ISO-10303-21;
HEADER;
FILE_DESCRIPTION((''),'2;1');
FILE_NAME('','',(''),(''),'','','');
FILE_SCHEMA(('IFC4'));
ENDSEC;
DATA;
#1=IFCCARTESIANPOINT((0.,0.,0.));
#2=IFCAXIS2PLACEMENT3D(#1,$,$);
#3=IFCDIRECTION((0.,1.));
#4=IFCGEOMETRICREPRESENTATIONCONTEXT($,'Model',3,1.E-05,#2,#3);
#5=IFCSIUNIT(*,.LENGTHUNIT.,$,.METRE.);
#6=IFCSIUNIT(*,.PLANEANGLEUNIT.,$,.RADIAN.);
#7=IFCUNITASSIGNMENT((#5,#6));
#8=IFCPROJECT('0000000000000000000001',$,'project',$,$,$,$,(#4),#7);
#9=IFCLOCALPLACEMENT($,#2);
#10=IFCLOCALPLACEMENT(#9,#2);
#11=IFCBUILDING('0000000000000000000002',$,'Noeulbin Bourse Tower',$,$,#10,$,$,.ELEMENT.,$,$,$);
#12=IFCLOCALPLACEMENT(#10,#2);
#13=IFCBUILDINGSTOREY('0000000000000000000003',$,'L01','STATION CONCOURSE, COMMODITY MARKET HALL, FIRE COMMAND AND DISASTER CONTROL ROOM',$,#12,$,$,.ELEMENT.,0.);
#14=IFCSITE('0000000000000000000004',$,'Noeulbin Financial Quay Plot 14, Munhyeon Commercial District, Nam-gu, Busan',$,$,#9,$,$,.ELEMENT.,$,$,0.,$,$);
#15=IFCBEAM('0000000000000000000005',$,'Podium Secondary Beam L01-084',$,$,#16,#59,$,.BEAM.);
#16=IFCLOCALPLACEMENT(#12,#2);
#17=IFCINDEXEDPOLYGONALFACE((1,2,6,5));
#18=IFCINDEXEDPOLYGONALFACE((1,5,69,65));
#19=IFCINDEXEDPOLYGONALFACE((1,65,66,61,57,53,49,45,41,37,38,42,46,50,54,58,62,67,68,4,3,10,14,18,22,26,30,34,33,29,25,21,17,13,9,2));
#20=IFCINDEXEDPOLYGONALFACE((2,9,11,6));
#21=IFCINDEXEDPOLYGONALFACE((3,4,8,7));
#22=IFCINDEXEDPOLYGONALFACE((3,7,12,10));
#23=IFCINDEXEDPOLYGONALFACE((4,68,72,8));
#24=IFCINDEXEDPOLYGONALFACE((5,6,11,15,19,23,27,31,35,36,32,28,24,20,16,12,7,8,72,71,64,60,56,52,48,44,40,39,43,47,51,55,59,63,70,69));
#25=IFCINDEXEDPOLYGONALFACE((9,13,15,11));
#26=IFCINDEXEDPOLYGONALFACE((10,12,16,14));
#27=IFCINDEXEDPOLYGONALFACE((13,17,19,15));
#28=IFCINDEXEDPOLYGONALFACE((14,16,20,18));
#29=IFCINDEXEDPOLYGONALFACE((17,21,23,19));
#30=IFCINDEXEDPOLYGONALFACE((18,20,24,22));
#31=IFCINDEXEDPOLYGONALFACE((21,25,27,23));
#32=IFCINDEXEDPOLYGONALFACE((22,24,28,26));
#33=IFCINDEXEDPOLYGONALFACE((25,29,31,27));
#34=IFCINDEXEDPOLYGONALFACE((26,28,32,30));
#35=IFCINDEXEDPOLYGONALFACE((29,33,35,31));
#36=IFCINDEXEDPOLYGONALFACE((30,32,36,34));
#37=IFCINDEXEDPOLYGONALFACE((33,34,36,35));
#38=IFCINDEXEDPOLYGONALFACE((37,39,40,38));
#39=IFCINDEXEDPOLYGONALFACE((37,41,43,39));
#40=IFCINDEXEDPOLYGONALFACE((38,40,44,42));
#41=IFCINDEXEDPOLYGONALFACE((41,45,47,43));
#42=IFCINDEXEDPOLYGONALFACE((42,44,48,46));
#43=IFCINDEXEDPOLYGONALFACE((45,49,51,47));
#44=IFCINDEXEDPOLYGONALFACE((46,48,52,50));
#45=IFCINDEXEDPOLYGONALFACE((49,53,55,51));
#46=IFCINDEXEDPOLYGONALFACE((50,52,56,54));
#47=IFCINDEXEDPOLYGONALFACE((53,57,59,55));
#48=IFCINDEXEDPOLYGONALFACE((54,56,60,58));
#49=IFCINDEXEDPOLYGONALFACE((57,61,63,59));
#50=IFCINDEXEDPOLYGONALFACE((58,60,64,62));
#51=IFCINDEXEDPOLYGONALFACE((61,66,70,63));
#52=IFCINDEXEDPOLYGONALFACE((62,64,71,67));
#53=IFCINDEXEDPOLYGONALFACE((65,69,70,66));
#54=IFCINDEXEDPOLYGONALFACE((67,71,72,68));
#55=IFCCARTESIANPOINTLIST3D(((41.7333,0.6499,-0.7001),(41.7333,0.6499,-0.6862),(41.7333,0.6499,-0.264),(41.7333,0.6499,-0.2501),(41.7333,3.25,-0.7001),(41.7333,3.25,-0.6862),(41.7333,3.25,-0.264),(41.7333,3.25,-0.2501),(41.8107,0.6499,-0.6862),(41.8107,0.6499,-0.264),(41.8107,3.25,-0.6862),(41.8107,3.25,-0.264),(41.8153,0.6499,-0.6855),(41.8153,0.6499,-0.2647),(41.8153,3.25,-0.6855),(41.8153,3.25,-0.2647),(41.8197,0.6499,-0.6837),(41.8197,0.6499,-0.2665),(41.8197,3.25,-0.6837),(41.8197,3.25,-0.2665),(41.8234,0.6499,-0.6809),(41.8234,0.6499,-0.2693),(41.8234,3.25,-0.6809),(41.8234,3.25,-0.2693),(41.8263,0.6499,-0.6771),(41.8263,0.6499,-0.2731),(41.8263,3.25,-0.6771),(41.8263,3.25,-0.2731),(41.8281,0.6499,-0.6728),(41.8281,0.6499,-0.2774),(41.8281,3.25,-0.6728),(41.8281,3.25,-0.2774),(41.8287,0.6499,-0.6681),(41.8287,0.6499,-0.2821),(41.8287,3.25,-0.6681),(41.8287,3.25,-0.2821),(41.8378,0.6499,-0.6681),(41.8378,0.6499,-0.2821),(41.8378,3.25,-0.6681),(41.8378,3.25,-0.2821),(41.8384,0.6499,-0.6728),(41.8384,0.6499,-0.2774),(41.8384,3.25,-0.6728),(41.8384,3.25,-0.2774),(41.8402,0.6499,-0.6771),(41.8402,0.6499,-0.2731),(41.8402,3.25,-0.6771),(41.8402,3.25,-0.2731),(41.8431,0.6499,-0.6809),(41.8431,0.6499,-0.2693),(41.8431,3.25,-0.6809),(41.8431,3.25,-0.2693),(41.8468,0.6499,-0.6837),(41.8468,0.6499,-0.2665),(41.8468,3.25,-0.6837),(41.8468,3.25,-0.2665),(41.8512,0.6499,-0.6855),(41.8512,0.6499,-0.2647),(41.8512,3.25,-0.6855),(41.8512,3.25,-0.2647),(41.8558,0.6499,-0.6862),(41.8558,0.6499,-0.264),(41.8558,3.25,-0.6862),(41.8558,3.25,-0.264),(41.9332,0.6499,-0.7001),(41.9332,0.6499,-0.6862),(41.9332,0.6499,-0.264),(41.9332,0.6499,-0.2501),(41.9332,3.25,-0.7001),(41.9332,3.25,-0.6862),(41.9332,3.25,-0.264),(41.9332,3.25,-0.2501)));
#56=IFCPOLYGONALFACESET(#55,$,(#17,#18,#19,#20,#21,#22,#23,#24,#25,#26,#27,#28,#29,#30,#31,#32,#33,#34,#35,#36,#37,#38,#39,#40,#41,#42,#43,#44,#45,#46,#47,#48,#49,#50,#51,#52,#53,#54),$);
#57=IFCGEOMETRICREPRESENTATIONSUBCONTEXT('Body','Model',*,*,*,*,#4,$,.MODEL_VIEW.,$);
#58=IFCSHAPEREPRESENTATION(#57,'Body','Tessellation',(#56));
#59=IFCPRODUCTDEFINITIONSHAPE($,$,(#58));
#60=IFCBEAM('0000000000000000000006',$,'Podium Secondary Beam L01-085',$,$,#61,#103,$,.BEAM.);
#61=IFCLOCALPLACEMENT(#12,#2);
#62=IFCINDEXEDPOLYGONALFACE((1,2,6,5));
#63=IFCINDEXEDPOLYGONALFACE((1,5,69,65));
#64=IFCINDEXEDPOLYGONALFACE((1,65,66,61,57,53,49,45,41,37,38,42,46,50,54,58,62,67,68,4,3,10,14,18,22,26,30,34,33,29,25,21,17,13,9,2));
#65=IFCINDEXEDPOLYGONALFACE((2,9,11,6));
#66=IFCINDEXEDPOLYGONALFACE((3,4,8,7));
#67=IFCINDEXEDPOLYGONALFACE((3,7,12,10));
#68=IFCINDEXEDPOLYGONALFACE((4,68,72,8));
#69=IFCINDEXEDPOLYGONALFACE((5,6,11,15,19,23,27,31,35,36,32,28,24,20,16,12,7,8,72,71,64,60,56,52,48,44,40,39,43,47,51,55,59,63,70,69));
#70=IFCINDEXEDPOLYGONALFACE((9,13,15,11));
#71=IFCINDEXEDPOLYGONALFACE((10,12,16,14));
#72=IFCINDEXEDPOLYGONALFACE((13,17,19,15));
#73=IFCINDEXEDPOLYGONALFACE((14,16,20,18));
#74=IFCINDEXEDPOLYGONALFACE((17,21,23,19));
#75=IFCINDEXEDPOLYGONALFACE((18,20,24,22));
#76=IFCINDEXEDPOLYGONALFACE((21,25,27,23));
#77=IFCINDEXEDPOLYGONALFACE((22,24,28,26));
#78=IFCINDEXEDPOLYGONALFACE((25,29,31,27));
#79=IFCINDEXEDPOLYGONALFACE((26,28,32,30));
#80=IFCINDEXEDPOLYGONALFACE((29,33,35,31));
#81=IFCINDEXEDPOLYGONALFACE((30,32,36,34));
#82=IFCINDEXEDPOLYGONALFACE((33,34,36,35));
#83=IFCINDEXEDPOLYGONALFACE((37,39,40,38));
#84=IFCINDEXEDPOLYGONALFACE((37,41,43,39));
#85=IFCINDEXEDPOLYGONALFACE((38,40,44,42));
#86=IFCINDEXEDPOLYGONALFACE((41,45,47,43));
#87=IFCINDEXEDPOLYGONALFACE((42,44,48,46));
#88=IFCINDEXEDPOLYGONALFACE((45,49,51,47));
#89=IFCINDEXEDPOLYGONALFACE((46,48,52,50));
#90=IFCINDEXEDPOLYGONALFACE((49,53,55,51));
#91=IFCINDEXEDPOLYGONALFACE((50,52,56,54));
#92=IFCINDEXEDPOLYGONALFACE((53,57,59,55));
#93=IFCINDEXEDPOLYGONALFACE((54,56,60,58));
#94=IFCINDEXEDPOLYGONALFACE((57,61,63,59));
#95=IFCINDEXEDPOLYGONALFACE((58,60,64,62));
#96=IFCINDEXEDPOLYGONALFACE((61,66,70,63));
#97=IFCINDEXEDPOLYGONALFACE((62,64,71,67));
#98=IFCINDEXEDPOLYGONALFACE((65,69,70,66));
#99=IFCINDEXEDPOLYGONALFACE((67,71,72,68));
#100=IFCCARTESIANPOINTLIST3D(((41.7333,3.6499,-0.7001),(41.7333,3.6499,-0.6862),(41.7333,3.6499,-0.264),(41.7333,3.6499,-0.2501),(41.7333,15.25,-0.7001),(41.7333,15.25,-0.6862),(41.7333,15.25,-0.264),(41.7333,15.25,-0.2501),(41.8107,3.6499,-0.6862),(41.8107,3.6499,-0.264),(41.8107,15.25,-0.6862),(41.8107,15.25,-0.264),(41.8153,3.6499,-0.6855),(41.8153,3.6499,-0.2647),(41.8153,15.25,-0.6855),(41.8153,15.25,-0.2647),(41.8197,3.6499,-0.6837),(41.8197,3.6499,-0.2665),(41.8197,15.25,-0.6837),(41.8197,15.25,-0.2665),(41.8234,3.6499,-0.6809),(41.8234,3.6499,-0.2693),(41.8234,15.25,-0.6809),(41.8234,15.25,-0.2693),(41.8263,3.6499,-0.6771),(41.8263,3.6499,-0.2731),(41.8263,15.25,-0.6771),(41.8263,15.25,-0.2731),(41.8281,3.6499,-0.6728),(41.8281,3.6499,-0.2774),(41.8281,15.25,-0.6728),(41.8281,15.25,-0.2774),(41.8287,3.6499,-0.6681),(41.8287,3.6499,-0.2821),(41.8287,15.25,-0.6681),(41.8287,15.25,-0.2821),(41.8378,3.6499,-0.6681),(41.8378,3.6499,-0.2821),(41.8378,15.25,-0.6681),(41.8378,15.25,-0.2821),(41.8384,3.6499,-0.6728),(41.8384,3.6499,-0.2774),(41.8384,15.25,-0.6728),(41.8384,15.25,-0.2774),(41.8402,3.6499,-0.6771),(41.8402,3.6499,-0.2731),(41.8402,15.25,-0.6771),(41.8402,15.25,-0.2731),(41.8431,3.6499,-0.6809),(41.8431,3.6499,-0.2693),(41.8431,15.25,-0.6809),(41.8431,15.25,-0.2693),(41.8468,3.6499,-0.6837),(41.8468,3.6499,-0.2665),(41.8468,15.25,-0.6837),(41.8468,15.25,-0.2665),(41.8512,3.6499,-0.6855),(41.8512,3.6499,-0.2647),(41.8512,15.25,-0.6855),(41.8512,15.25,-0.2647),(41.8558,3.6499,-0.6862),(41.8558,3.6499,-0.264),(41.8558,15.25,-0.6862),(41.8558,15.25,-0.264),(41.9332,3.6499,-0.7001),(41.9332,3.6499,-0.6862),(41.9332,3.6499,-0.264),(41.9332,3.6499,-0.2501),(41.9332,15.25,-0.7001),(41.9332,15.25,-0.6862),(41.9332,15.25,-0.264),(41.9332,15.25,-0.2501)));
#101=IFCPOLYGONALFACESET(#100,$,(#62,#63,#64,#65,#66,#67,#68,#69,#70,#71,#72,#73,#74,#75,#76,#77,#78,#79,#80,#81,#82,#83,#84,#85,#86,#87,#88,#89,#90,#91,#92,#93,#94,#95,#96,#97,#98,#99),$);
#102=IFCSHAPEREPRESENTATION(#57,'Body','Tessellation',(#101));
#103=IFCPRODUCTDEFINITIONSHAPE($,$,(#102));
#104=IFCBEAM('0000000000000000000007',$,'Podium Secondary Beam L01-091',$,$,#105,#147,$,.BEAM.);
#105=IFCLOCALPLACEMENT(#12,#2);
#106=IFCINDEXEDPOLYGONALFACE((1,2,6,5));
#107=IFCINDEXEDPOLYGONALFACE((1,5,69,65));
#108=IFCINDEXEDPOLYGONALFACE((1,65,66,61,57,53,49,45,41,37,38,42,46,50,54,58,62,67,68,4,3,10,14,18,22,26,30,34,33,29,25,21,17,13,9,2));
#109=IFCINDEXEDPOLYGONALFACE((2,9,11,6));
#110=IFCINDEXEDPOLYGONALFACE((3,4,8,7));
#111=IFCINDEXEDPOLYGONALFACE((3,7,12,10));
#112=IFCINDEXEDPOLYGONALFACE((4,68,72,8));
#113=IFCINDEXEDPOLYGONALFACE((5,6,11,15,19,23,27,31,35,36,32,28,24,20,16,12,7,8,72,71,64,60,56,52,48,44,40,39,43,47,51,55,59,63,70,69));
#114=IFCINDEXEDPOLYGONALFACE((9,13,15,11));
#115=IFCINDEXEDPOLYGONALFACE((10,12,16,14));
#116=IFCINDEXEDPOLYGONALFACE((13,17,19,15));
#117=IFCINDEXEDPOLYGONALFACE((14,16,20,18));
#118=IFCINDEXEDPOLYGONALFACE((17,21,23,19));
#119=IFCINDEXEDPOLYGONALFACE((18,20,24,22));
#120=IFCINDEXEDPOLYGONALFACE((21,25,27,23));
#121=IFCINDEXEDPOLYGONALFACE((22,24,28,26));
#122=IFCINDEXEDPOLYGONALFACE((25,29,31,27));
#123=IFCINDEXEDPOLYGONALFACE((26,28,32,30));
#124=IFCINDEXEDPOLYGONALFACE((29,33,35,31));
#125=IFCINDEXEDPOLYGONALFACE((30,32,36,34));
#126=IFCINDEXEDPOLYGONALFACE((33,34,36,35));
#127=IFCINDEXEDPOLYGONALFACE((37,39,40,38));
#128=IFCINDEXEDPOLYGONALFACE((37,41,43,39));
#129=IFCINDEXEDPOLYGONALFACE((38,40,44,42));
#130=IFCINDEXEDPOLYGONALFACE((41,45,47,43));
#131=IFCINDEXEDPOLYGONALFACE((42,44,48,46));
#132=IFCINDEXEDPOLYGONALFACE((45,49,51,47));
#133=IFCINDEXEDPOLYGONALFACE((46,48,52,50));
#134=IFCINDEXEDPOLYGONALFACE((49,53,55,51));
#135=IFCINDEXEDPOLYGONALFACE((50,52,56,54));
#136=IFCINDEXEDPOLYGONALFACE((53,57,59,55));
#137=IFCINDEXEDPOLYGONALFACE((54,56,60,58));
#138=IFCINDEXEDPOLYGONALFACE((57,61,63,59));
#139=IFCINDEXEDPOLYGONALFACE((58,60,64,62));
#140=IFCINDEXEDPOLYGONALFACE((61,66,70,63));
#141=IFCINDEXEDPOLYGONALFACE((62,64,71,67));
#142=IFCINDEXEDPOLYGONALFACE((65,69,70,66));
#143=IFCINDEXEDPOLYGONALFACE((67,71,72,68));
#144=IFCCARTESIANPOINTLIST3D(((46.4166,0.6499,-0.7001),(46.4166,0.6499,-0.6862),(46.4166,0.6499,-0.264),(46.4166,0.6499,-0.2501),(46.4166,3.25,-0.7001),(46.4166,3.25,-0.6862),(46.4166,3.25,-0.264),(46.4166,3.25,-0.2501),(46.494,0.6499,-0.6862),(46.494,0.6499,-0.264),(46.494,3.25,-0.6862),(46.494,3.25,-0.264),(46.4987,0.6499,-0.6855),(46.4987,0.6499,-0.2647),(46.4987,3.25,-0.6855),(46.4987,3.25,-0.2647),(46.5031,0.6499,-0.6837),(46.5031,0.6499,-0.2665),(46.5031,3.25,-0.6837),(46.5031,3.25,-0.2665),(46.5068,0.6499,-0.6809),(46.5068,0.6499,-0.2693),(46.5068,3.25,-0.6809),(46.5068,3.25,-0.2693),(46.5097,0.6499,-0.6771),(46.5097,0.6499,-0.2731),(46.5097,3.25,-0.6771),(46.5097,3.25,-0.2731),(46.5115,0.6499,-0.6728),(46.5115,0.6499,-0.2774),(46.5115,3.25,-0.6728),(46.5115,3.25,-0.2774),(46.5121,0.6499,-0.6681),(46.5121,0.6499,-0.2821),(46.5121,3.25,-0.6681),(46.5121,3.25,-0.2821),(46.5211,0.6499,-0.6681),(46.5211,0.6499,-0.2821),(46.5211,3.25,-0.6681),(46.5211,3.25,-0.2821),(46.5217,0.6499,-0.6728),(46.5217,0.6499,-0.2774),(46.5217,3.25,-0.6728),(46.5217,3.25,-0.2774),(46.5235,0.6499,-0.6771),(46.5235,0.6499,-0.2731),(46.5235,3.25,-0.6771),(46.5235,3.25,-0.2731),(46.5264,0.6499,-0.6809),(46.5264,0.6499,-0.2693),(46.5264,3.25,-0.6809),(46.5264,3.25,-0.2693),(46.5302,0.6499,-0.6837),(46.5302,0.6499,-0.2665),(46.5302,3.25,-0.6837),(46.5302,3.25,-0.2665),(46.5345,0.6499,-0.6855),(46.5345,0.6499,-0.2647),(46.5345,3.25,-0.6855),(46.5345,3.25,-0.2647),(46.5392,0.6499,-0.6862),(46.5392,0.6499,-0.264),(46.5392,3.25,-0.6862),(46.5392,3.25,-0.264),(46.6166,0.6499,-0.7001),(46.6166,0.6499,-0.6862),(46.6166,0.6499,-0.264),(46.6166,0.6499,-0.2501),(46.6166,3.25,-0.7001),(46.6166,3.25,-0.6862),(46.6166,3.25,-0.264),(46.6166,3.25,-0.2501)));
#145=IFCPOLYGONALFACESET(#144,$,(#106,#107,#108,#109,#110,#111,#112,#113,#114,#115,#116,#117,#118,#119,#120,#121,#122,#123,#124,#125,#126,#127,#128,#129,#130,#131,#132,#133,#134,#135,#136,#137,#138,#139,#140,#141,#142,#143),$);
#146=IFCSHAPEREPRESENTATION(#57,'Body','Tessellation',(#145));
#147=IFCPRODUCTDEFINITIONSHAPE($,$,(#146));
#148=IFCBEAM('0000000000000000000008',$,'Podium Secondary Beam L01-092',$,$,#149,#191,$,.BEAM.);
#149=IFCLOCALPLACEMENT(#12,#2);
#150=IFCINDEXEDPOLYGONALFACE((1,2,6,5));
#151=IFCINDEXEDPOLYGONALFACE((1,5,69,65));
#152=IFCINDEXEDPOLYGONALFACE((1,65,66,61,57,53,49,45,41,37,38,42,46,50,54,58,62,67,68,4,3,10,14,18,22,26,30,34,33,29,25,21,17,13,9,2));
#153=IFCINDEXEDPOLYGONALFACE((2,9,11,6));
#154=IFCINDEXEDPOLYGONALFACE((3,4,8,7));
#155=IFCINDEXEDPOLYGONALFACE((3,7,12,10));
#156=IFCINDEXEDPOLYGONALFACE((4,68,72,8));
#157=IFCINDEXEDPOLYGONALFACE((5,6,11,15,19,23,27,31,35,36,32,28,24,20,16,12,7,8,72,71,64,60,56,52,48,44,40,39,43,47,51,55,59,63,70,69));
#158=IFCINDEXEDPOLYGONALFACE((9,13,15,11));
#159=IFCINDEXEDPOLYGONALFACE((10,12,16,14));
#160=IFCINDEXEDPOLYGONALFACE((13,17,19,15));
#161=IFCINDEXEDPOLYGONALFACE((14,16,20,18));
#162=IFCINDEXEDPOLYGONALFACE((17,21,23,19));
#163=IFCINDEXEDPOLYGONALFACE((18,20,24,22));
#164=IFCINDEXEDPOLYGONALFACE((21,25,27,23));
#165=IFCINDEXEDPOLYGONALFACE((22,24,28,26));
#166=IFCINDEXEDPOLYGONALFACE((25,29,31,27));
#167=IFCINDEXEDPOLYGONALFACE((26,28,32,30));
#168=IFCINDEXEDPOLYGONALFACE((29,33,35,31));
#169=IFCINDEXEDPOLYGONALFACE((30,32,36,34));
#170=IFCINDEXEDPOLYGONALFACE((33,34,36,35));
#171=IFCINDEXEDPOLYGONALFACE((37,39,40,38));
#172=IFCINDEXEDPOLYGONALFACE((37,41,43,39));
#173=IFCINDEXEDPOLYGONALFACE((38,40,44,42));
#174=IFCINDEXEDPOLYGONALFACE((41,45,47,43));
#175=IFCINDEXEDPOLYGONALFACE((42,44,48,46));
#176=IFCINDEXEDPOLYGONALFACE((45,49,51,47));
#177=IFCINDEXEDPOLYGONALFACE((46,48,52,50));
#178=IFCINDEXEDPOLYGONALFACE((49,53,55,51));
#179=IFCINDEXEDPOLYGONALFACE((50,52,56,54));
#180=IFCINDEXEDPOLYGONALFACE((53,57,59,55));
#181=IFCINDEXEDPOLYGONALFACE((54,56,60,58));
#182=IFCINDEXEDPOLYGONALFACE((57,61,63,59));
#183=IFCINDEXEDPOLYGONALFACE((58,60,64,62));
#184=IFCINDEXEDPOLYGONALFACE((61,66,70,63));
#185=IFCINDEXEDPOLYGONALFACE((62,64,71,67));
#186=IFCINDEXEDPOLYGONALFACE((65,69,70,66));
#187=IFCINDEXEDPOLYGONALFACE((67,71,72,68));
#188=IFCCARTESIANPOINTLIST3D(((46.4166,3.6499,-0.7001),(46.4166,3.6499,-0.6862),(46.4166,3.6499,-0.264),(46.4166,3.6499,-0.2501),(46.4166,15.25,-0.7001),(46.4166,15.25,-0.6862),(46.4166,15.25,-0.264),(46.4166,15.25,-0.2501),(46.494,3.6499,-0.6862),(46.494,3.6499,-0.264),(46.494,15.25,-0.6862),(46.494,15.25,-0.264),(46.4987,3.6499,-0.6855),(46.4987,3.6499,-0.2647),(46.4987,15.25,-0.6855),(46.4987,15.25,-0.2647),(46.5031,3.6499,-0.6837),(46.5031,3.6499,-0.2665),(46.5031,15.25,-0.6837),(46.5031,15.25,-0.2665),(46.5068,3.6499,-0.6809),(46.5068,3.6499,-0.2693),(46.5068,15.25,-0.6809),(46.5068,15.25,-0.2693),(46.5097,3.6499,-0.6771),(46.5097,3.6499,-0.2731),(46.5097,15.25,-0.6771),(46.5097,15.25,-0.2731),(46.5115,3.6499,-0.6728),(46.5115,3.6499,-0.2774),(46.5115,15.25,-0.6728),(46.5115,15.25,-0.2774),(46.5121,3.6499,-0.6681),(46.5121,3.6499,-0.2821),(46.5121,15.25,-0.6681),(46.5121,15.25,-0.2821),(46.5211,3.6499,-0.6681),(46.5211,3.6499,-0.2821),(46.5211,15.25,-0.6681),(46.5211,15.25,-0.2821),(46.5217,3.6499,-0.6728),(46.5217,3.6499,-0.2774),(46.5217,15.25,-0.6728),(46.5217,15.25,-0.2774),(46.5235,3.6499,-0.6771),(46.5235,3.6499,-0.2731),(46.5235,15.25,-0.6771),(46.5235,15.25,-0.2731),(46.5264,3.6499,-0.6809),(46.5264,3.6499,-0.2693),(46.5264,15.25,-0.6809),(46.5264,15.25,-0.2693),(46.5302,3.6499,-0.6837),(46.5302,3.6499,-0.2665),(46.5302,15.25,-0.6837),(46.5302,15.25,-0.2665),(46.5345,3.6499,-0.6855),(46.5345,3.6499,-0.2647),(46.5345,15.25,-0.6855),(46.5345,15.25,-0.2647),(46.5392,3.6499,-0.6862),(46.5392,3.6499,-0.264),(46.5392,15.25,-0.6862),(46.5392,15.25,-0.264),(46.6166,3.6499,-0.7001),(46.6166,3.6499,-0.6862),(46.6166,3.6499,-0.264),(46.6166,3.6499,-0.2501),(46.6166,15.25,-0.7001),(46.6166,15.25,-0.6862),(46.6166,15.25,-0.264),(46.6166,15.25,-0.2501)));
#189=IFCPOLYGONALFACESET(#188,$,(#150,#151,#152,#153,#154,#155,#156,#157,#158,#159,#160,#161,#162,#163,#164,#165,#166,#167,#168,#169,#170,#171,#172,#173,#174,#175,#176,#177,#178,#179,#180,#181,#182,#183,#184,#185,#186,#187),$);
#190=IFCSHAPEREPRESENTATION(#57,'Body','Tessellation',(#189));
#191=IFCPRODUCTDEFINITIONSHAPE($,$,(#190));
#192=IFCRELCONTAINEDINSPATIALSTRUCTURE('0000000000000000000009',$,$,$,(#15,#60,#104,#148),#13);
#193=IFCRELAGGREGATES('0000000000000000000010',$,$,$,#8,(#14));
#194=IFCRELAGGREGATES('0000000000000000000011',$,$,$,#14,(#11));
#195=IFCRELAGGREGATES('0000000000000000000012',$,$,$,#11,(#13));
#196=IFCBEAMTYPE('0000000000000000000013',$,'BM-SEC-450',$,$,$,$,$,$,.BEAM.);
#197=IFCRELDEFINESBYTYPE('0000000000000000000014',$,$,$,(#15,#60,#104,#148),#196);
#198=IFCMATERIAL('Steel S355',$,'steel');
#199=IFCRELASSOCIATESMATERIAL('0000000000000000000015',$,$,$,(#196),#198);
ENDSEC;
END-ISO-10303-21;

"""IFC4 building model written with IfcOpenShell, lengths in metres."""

from ifc_helpers import new_model, si_unit, direction, frame, origin, origin_2d, place, context, subcontext, project, spatial, i_section, extrude, material, material_profile, profile_set, type_object, element, save


model = new_model("IFC4")

# Units and contexts
model_context = context("Model", 3, precision=1e-05, world=origin(), true_north=direction((0.0, 1.0)))
body_context = subcontext(model_context, "Body", "Model", "MODEL_VIEW")
ifc_project = project(units=[si_unit("LENGTHUNIT", "METRE"), si_unit("PLANEANGLEUNIT", "RADIAN")], contexts=[model_context])

# Site, building, storey
site_placement = place(None, origin())
site = spatial("IfcSite", under=ifc_project, at=site_placement, Name="Noeulbin Financial Quay Plot 14, Munhyeon Commercial District, Nam-gu, Busan", CompositionType="ELEMENT", RefElevation=0.0)
building_placement = place(site_placement, origin())
building = spatial("IfcBuilding", under=site, at=building_placement, Name="Noeulbin Bourse Tower", CompositionType="ELEMENT")
storey_placement = place(building_placement, origin())
storey = spatial("IfcBuildingStorey", under=building, at=storey_placement, Name="L01", Description="STATION CONCOURSE, COMMODITY MARKET HALL, FIRE COMMAND AND DISASTER CONTROL ROOM", CompositionType="ELEMENT", Elevation=0.0)

# Shared definitions
ifc_material_1 = material(Name="Steel S355", Category="steel")

# Beams
ifc_material_profile_1 = material_profile(ifc_material_1, i_section(OverallWidth=0.2, OverallDepth=0.45, WebThickness=0.009, FlangeThickness=0.0139, FilletRadius=0.0181, at=origin_2d()), Name="H-450x200x9x14", Category="LoadBearing")
ifc_profile_set_1 = profile_set([ifc_material_profile_1], Name="Steel S355")
beam_type_1 = type_object("IfcBeamType", Name="BM-SEC-450", PredefinedType="BEAM", material=ifc_profile_set_1)
beam_1_placement = place(storey_placement, frame((41.8333, 0.6499, -0.4751), z_axis=(0.0, 1.0, 0.0), x_axis=(-1.0, 0.0, 0.0)))
element("IfcBeam", 1, at=beam_1_placement, inside=storey, type_object=beam_type_1, Name="Podium Secondary Beam L01-084", PredefinedType="BEAM", context=body_context, shape_type="SweptSolid", body=[
    extrude(i_section(OverallWidth=0.2, OverallDepth=0.45, WebThickness=0.009, FlangeThickness=0.0139, FilletRadius=0.0181, at=origin_2d()), origin(), (0.0, 0.0, 1.0), 2.6001),
])
beam_2_placement = place(storey_placement, frame((41.8333, 3.6499, -0.4751), z_axis=(0.0, 1.0, 0.0), x_axis=(-1.0, 0.0, 0.0)))
element("IfcBeam", 2, at=beam_2_placement, inside=storey, type_object=beam_type_1, Name="Podium Secondary Beam L01-085", PredefinedType="BEAM", context=body_context, shape_type="SweptSolid", body=[
    extrude(i_section(OverallWidth=0.2, OverallDepth=0.45, WebThickness=0.009, FlangeThickness=0.0139, FilletRadius=0.0181, at=origin_2d()), origin(), (0.0, 0.0, 1.0), 11.6001),
])
beam_3_placement = place(storey_placement, frame((46.5166, 0.6499, -0.4751), z_axis=(0.0, 1.0, 0.0), x_axis=(-1.0, 0.0, 0.0)))
element("IfcBeam", 3, at=beam_3_placement, inside=storey, type_object=beam_type_1, Name="Podium Secondary Beam L01-091", PredefinedType="BEAM", context=body_context, shape_type="SweptSolid", body=[
    extrude(i_section(OverallWidth=0.2, OverallDepth=0.45, WebThickness=0.009, FlangeThickness=0.0139, FilletRadius=0.0181, at=origin_2d()), origin(), (0.0, 0.0, 1.0), 2.6001),
])
beam_4_placement = place(storey_placement, frame((46.5166, 3.6499, -0.4751), z_axis=(0.0, 1.0, 0.0), x_axis=(-1.0, 0.0, 0.0)))
element("IfcBeam", 4, at=beam_4_placement, inside=storey, type_object=beam_type_1, Name="Podium Secondary Beam L01-092", PredefinedType="BEAM", context=body_context, shape_type="SweptSolid", body=[
    extrude(i_section(OverallWidth=0.2, OverallDepth=0.45, WebThickness=0.009, FlangeThickness=0.0139, FilletRadius=0.0181, at=origin_2d()), origin(), (0.0, 0.0, 1.0), 11.6001),
])

save(model, "model.ifc")
